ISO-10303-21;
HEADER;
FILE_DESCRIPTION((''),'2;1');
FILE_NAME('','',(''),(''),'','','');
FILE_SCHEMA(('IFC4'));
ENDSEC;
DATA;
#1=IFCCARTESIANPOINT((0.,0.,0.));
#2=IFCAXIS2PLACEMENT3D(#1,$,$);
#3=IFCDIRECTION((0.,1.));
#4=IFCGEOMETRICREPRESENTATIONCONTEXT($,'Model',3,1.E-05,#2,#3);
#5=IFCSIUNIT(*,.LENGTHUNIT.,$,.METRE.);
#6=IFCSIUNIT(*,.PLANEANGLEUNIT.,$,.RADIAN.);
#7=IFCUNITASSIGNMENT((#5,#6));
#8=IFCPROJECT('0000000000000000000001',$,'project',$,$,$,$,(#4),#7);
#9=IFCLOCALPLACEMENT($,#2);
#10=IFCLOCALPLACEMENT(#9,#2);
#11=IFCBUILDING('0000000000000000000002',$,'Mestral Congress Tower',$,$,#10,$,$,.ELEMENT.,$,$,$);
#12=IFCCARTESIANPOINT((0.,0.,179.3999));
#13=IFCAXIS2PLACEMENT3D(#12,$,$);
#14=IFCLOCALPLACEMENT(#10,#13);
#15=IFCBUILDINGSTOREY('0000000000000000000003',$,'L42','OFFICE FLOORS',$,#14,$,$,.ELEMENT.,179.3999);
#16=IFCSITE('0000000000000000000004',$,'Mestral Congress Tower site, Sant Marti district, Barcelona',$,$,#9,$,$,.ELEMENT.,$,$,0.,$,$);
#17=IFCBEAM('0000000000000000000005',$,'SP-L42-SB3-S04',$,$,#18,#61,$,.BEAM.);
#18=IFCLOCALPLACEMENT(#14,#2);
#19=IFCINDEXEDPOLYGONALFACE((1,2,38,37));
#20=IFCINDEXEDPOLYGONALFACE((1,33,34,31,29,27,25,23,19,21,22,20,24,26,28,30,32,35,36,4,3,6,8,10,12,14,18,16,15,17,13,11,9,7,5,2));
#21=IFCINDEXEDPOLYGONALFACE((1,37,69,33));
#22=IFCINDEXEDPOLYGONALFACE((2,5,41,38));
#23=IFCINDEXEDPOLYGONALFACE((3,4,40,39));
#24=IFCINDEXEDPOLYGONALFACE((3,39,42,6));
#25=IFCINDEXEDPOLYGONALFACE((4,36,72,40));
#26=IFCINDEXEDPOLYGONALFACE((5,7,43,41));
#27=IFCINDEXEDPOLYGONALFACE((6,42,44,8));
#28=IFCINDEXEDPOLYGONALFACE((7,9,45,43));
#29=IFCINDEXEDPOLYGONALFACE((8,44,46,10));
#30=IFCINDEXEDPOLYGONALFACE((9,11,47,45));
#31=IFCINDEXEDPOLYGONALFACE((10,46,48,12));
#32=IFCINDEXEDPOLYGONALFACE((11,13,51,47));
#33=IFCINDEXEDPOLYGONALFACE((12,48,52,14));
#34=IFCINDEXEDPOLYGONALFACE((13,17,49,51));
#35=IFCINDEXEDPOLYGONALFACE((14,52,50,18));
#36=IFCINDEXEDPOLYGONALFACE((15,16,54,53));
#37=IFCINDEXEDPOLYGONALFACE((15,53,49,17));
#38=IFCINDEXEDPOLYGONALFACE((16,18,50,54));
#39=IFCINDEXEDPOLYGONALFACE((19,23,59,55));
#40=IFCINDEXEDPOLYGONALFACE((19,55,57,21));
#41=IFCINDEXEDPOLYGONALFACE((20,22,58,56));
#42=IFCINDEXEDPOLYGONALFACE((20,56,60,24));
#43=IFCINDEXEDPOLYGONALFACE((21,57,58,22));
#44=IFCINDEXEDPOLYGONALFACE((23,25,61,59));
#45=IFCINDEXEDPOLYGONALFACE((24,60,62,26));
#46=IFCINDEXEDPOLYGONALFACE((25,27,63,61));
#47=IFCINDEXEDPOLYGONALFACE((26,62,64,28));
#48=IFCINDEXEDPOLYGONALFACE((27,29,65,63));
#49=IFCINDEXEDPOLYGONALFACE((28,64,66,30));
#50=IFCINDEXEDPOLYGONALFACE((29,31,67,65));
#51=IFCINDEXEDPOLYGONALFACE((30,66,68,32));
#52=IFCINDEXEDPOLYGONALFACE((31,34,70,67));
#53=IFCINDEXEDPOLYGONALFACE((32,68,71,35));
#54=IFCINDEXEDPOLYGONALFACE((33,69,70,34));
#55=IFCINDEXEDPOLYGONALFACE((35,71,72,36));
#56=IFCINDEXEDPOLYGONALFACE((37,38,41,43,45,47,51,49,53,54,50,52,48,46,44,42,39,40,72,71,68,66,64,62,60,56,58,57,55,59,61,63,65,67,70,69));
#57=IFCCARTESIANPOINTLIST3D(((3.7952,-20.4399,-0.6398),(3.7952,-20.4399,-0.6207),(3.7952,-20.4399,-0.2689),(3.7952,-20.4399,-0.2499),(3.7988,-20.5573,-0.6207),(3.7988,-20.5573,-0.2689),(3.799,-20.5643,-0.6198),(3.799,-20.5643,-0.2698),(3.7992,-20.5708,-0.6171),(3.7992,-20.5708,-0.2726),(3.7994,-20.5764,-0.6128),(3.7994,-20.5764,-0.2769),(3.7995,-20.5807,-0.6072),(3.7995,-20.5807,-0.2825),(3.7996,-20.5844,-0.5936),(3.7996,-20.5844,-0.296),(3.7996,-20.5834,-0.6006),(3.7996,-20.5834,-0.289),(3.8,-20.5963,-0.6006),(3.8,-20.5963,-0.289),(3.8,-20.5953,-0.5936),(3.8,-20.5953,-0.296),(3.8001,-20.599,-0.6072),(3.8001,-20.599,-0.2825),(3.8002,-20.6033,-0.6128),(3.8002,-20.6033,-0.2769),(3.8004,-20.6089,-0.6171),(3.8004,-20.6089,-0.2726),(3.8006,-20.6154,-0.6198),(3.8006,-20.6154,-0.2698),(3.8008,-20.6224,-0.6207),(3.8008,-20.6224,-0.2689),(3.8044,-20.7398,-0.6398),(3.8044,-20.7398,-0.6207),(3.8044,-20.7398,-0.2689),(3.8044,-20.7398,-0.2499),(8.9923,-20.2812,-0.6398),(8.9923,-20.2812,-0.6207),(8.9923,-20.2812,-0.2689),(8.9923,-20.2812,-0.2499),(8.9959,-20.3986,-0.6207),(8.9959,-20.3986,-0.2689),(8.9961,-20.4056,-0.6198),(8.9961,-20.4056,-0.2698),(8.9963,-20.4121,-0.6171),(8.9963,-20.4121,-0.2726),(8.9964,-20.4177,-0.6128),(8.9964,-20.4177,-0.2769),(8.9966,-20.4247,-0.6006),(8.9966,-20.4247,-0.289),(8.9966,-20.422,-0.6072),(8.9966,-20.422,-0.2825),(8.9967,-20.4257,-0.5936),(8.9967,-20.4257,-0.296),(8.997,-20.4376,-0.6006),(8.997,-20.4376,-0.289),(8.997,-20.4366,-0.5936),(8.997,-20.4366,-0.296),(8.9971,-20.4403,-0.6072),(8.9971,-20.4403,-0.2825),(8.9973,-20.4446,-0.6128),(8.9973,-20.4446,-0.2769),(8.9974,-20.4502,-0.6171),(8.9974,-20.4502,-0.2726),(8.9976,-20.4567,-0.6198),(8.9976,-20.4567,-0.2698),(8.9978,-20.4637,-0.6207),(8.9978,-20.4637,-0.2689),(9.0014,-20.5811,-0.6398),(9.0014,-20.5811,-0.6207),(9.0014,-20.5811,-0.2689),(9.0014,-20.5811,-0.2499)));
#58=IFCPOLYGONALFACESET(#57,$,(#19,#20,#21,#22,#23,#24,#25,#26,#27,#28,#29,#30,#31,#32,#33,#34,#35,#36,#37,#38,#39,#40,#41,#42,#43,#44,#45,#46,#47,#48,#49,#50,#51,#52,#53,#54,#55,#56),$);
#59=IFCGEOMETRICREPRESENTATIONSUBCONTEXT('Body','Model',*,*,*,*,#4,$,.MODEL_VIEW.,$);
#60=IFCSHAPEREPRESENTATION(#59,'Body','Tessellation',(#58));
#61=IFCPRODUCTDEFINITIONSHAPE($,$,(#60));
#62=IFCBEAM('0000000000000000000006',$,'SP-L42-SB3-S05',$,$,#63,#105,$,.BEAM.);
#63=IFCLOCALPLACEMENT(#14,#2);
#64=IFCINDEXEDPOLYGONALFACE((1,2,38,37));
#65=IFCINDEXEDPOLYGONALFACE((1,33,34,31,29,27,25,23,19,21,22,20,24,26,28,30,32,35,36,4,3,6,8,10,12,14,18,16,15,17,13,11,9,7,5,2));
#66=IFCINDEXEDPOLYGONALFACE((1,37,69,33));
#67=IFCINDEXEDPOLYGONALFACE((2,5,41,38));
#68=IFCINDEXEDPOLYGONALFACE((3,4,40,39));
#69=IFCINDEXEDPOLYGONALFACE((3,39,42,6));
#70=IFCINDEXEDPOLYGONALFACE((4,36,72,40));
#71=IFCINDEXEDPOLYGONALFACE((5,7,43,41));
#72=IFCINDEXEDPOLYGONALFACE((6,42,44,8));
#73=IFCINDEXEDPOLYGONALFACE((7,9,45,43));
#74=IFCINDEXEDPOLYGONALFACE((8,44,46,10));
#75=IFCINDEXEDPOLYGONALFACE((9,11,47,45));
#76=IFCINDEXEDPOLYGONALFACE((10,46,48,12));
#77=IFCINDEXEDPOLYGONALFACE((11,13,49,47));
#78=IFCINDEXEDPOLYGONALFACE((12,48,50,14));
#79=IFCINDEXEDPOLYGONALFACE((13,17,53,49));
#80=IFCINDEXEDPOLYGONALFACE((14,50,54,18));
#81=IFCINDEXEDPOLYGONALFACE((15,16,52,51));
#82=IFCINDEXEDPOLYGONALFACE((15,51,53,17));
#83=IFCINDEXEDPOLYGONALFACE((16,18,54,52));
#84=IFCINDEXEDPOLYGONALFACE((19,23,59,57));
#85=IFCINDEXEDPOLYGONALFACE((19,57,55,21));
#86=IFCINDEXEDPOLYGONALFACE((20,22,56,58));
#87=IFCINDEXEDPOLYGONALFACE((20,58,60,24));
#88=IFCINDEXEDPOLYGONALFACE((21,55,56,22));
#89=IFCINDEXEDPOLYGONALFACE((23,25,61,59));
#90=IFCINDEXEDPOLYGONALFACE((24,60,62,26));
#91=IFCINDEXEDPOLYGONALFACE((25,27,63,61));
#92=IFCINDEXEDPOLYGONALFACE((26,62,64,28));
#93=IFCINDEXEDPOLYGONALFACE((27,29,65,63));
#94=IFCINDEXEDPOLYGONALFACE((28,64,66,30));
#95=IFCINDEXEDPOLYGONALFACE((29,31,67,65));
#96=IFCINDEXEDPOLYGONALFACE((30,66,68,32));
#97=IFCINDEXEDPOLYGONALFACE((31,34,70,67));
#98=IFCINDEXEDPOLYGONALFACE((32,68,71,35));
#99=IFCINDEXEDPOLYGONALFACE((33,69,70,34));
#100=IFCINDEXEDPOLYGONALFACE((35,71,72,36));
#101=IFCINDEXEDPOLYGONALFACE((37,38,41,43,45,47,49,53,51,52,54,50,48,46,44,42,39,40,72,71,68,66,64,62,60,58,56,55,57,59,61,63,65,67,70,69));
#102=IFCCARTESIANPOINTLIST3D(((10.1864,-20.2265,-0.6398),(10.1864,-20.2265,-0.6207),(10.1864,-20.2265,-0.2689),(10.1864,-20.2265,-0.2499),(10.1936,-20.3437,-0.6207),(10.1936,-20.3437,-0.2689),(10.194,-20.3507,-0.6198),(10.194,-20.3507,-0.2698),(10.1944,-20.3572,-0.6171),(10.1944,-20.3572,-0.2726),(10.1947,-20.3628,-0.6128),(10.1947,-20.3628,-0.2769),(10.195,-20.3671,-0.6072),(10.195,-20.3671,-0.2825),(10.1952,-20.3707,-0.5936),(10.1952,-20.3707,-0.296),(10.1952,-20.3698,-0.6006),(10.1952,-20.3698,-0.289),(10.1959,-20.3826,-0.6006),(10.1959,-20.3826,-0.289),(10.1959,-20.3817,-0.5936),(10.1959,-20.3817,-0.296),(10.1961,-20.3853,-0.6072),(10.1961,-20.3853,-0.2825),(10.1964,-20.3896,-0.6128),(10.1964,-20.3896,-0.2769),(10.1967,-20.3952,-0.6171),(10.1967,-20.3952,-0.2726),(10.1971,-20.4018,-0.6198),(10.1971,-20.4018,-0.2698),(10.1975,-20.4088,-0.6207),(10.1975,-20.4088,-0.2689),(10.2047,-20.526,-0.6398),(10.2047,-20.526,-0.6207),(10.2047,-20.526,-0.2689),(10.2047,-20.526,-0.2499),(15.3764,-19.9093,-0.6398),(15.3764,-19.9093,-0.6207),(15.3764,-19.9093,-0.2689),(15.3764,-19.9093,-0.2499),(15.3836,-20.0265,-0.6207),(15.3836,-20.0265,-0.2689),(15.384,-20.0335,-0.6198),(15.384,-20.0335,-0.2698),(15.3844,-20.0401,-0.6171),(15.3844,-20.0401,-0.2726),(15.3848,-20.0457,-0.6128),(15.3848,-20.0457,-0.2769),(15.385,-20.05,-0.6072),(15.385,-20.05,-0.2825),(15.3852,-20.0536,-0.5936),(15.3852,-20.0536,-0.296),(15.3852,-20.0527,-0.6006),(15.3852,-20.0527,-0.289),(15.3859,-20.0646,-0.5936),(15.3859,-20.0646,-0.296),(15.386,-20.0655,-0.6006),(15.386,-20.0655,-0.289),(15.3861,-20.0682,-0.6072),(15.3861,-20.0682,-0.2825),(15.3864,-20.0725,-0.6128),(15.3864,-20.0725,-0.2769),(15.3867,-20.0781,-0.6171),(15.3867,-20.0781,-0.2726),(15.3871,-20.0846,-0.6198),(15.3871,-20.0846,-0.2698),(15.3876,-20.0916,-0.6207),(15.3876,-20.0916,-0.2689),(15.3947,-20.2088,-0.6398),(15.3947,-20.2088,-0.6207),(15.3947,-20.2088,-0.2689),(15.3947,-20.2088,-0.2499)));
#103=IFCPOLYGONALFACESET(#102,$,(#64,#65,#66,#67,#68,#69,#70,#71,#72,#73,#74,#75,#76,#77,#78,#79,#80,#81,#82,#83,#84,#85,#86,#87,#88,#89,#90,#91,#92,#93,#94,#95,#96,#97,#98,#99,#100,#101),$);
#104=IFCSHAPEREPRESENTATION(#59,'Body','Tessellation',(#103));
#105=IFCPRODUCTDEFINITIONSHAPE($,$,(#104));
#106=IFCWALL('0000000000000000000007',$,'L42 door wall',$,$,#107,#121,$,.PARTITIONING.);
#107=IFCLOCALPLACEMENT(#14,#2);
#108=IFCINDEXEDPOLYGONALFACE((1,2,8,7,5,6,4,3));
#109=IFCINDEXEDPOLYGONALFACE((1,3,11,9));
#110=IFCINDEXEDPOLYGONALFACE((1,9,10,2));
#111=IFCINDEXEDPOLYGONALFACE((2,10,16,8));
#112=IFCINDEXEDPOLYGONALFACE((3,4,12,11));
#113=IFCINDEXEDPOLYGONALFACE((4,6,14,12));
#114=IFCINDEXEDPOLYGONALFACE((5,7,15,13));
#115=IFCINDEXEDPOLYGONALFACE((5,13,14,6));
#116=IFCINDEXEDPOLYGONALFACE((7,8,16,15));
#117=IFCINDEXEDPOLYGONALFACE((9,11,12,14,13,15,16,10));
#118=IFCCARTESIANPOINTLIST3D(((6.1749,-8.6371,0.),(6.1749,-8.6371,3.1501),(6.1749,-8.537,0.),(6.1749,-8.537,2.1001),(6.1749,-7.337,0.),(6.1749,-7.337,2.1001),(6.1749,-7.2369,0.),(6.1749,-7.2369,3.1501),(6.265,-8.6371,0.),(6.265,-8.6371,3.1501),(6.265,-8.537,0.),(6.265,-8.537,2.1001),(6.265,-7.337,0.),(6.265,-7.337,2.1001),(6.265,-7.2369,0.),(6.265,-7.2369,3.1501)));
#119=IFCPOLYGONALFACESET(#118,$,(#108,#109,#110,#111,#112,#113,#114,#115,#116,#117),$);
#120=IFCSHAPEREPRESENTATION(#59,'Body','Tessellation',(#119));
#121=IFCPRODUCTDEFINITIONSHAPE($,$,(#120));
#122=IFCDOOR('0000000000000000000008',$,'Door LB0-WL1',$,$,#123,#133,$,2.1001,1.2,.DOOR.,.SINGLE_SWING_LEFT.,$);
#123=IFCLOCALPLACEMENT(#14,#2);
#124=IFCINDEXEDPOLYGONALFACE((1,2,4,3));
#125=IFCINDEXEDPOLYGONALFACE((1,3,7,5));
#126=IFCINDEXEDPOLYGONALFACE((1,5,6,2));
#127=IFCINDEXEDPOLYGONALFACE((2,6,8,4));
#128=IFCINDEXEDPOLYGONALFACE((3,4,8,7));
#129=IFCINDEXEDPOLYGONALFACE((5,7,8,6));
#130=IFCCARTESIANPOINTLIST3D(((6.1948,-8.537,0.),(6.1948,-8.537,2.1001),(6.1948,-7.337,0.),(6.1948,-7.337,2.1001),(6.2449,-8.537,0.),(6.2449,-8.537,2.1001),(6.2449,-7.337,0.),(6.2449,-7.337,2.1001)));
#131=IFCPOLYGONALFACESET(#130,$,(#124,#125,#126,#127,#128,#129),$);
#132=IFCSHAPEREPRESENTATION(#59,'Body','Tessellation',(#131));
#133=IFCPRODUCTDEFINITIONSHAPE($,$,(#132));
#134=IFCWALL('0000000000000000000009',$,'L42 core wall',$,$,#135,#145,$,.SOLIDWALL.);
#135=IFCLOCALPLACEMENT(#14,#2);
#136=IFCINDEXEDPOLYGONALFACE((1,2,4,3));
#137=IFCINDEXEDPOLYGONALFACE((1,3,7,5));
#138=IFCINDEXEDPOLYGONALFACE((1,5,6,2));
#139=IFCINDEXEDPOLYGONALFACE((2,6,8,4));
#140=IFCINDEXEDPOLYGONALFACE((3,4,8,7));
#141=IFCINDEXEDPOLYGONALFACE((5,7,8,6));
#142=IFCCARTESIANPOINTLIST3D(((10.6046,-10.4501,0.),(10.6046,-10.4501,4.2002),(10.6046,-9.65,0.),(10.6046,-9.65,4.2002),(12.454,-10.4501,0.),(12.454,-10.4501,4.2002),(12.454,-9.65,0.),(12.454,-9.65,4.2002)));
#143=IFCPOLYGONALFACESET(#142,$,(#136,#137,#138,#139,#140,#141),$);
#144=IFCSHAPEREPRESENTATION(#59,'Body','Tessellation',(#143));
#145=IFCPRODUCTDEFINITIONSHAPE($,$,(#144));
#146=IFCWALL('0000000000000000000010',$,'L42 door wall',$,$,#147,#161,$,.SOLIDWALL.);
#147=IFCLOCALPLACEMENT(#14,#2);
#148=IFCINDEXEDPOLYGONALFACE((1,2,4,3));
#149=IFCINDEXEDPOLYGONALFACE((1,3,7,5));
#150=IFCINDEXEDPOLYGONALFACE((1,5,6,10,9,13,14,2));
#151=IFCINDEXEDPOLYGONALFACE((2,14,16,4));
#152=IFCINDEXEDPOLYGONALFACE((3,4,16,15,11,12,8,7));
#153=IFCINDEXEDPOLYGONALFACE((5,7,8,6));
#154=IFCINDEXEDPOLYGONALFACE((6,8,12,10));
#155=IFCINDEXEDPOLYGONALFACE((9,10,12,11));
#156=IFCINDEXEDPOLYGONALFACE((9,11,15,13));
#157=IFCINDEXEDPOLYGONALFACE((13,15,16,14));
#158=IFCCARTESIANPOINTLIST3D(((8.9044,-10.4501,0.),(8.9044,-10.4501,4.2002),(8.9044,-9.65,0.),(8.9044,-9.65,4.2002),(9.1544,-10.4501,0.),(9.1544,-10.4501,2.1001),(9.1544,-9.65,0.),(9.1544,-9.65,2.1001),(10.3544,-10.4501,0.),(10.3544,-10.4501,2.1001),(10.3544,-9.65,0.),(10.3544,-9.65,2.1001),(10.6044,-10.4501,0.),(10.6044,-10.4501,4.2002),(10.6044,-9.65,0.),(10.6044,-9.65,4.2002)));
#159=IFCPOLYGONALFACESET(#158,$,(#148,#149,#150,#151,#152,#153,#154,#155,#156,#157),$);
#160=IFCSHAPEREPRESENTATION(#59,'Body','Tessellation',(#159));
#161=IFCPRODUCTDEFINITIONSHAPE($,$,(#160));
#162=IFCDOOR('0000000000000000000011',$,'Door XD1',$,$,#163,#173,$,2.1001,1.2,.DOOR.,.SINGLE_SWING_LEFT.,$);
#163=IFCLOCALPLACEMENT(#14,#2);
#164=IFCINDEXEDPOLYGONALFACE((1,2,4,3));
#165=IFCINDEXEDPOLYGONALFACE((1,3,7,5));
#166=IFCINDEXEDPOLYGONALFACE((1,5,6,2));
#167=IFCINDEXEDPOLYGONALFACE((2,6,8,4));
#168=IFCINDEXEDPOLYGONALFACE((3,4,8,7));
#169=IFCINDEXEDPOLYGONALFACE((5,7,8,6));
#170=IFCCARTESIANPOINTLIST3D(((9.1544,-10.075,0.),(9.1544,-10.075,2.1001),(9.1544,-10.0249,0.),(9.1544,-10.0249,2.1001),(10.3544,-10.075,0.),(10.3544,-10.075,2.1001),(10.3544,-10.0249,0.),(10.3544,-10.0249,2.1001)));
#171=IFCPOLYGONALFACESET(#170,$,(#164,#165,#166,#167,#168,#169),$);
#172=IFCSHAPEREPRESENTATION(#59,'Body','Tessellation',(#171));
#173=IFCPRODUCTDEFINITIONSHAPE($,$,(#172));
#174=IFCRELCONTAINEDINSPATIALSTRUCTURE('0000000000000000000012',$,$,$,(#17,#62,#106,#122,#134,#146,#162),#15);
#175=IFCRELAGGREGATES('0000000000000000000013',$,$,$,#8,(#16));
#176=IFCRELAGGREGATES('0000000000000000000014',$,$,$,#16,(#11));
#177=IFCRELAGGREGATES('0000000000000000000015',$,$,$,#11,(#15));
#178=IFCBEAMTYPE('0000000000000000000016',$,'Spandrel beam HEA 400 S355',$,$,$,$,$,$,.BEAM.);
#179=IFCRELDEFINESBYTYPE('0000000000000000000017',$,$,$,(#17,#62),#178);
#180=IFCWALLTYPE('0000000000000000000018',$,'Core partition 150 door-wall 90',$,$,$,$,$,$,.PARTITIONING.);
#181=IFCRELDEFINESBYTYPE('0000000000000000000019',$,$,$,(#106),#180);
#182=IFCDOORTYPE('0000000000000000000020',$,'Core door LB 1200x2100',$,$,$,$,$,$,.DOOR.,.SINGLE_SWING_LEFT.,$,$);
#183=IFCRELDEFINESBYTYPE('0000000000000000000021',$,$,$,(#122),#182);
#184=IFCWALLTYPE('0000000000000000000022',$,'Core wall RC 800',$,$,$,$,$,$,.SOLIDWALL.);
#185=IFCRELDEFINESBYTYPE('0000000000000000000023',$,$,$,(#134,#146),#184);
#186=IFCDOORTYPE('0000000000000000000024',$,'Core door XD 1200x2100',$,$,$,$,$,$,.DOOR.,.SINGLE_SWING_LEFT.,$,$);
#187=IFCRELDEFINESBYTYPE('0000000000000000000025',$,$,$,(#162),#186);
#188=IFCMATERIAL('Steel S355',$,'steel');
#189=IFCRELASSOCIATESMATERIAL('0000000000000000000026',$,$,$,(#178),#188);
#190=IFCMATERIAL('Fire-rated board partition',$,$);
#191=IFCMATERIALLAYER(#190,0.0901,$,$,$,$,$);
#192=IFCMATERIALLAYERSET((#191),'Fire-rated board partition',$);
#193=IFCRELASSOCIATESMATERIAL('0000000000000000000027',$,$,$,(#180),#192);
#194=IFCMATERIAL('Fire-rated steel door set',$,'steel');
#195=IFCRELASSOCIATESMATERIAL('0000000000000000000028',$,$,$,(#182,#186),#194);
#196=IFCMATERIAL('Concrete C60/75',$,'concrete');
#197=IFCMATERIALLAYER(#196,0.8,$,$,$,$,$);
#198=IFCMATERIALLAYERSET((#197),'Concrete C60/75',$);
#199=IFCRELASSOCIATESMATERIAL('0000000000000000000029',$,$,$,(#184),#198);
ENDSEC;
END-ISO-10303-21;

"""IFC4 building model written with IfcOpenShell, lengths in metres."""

from ifc_helpers import new_model, si_unit, direction, frame, frame_2d, origin, origin_2d, place, context, subcontext, project, spatial, rectangle, i_section, extrude, material, layer, layer_set, material_profile, profile_set, type_object, element, fill, save


model = new_model("IFC4")

# Units and contexts
model_context = context("Model", 3, precision=1e-05, world=origin(), true_north=direction((0.0, 1.0)))
body_context = subcontext(model_context, "Body", "Model", "MODEL_VIEW")
ifc_project = project(units=[si_unit("LENGTHUNIT", "METRE"), si_unit("PLANEANGLEUNIT", "RADIAN")], contexts=[model_context])

# Site, building, storey
site_placement = place(None, origin())
site = spatial("IfcSite", under=ifc_project, at=site_placement, Name="Mestral Congress Tower site, Sant Marti district, Barcelona", CompositionType="ELEMENT", RefElevation=0.0)
building_placement = place(site_placement, origin())
building = spatial("IfcBuilding", under=site, at=building_placement, Name="Mestral Congress Tower", CompositionType="ELEMENT")
storey_placement = place(building_placement, frame((0.0, 0.0, 179.3999)))
storey = spatial("IfcBuildingStorey", under=building, at=storey_placement, Name="L42", Description="OFFICE FLOORS", CompositionType="ELEMENT", Elevation=179.3999)

# Shared definitions
ifc_material_1 = material(Name="Concrete C60/75", Category="concrete")

# Beams
ifc_material_2 = material(Name="Steel S355", Category="steel")
ifc_material_profile_1 = material_profile(ifc_material_2, i_section(OverallWidth=0.3, OverallDepth=0.3899, WebThickness=0.011, FlangeThickness=0.019, FilletRadius=0.0271, at=origin_2d()), Name="HEA 400")
ifc_profile_set_1 = profile_set([ifc_material_profile_1], Name="Steel S355")
beam_type_1 = type_object("IfcBeamType", Name="Spandrel beam HEA 400 S355", PredefinedType="BEAM", material=ifc_profile_set_1)
beam_1_placement = place(storey_placement, frame((3.7998, -20.5898, -0.4448), z_axis=(0.999534, 0.030521, 0.0), x_axis=(-0.030521, 0.999534, 0.0)))
element("IfcBeam", 1, at=beam_1_placement, inside=storey, type_object=beam_type_1, Name="SP-L42-SB3-S04", PredefinedType="BEAM", context=body_context, shape_type="SweptSolid", body=[
    extrude(i_section(OverallWidth=0.3, OverallDepth=0.3899, WebThickness=0.011, FlangeThickness=0.019, FilletRadius=0.0271, at=origin_2d()), origin(), (0.0, 0.0, 1.0), 5.1995),
])
beam_2_placement = place(storey_placement, frame((10.1956, -20.3762, -0.4448), z_axis=(0.998138, 0.060993, 0.0), x_axis=(-0.060993, 0.998138, 0.0)))
element("IfcBeam", 2, at=beam_2_placement, inside=storey, type_object=beam_type_1, Name="SP-L42-SB3-S05", PredefinedType="BEAM", context=body_context, shape_type="SweptSolid", body=[
    extrude(i_section(OverallWidth=0.3, OverallDepth=0.3899, WebThickness=0.011, FlangeThickness=0.019, FilletRadius=0.0271, at=origin_2d()), origin(), (0.0, 0.0, 1.0), 5.1997),
])

# Wall, opening, door
ifc_material_3 = material(Name="Fire-rated board partition")
ifc_layer_1 = layer(ifc_material_3, 0.0901)
ifc_layer_set_1 = layer_set([ifc_layer_1], Name="Fire-rated board partition")
wall_type_1 = type_object("IfcWallType", Name="Core partition 150 door-wall 90", PredefinedType="PARTITIONING", material=ifc_layer_set_1)
wall_1_placement = place(storey_placement, frame((6.22, -7.2368, 0.0), z_axis=(0.0, 0.0, 1.0), x_axis=(0.0, -1.0, 0.0)))
wall_1 = element("IfcWall", 3, at=wall_1_placement, inside=storey, type_object=wall_type_1, Name="L42 door wall", PredefinedType="PARTITIONING", context=body_context, shape_type="SweptSolid", body=[
    extrude(rectangle(XDim=1.4001, YDim=0.0901, at=frame_2d((0.7002, 0.0))), origin(), (0.0, 0.0, 1.0), 3.1501),
])
opening_1_placement = place(wall_1_placement, frame((0.1001, 0.0, 0.0)))
opening_1 = element("IfcOpeningElement", 4, at=opening_1_placement, cuts=wall_1, PredefinedType="OPENING", context=body_context, shape_type="SweptSolid", body=[
    extrude(rectangle(XDim=1.2, YDim=2.1001, at=frame_2d((0.6001, 1.05))), frame((0.0, 0.0549, 0.0), z_axis=(0.0, -1.0, 0.0), x_axis=(1.0, 0.0, 0.0)), (0.0, 0.0, 1.0), 0.1101),
])
ifc_material_4 = material(Name="Fire-rated steel door set", Category="steel")
door_type_1 = type_object("IfcDoorType", Name="Core door LB 1200x2100", OperationType="SINGLE_SWING_LEFT", PredefinedType="DOOR", material=ifc_material_4)
door_1_placement = place(opening_1_placement, origin())
door_1 = element("IfcDoor", 5, at=door_1_placement, inside=storey, type_object=door_type_1, Name="Door LB0-WL1", OperationType="SINGLE_SWING_LEFT", OverallHeight=2.1001, OverallWidth=1.2, PredefinedType="DOOR", context=body_context, shape_type="SweptSolid", body=[
    extrude(rectangle(XDim=1.2, YDim=2.1001, at=frame_2d((0.6001, 1.05))), frame((0.0, 0.0249, 0.0), z_axis=(0.0, -1.0, 0.0), x_axis=(1.0, 0.0, 0.0)), (0.0, 0.0, 1.0), 0.05),
])
fill(opening_1, door_1)

# Wall
ifc_layer_2 = layer(ifc_material_1, 0.8)
ifc_layer_set_2 = layer_set([ifc_layer_2], Name="Concrete C60/75")
wall_type_2 = type_object("IfcWallType", Name="Core wall RC 800", PredefinedType="SOLIDWALL", material=ifc_layer_set_2)
wall_2_placement = place(storey_placement, frame((10.6045, -10.05, 0.0), z_axis=(0.0, 0.0, 1.0), x_axis=(1.0, 0.0, 0.0)))
element("IfcWall", 6, at=wall_2_placement, inside=storey, type_object=wall_type_2, Name="L42 core wall", PredefinedType="SOLIDWALL", context=body_context, shape_type="SweptSolid", body=[
    extrude(rectangle(XDim=1.8494, YDim=0.8, at=frame_2d((0.9248, 0.0))), origin(), (0.0, 0.0, 1.0), 4.2002),
])

# Wall, opening, door
wall_3_placement = place(storey_placement, frame((10.6045, -10.05, 0.0), z_axis=(0.0, 0.0, 1.0), x_axis=(-1.0, 0.0, 0.0)))
wall_3 = element("IfcWall", 7, at=wall_3_placement, inside=storey, type_object=wall_type_2, Name="L42 door wall", PredefinedType="SOLIDWALL", context=body_context, shape_type="SweptSolid", body=[
    extrude(rectangle(XDim=1.7, YDim=0.8, at=frame_2d((0.8501, 0.0))), origin(), (0.0, 0.0, 1.0), 4.2002),
])
opening_2_placement = place(wall_3_placement, frame((0.25, 0.0, 0.0)))
opening_2 = element("IfcOpeningElement", 8, at=opening_2_placement, cuts=wall_3, PredefinedType="OPENING", context=body_context, shape_type="SweptSolid", body=[
    extrude(rectangle(XDim=1.2, YDim=2.1001, at=frame_2d((0.6001, 1.05))), frame((0.0, 0.4099, 0.0), z_axis=(0.0, -1.0, 0.0), x_axis=(1.0, 0.0, 0.0)), (0.0, 0.0, 1.0), 0.8201),
])
door_type_2 = type_object("IfcDoorType", Name="Core door XD 1200x2100", OperationType="SINGLE_SWING_LEFT", PredefinedType="DOOR", material=ifc_material_4)
door_2_placement = place(opening_2_placement, origin())
door_2 = element("IfcDoor", 9, at=door_2_placement, inside=storey, type_object=door_type_2, Name="Door XD1", OperationType="SINGLE_SWING_LEFT", OverallHeight=2.1001, OverallWidth=1.2, PredefinedType="DOOR", context=body_context, shape_type="SweptSolid", body=[
    extrude(rectangle(XDim=1.2, YDim=2.1001, at=frame_2d((0.6001, 1.05))), frame((0.0, 0.0249, 0.0), z_axis=(0.0, -1.0, 0.0), x_axis=(1.0, 0.0, 0.0)), (0.0, 0.0, 1.0), 0.05),
])
fill(opening_2, door_2)

save(model, "model.ifc")
